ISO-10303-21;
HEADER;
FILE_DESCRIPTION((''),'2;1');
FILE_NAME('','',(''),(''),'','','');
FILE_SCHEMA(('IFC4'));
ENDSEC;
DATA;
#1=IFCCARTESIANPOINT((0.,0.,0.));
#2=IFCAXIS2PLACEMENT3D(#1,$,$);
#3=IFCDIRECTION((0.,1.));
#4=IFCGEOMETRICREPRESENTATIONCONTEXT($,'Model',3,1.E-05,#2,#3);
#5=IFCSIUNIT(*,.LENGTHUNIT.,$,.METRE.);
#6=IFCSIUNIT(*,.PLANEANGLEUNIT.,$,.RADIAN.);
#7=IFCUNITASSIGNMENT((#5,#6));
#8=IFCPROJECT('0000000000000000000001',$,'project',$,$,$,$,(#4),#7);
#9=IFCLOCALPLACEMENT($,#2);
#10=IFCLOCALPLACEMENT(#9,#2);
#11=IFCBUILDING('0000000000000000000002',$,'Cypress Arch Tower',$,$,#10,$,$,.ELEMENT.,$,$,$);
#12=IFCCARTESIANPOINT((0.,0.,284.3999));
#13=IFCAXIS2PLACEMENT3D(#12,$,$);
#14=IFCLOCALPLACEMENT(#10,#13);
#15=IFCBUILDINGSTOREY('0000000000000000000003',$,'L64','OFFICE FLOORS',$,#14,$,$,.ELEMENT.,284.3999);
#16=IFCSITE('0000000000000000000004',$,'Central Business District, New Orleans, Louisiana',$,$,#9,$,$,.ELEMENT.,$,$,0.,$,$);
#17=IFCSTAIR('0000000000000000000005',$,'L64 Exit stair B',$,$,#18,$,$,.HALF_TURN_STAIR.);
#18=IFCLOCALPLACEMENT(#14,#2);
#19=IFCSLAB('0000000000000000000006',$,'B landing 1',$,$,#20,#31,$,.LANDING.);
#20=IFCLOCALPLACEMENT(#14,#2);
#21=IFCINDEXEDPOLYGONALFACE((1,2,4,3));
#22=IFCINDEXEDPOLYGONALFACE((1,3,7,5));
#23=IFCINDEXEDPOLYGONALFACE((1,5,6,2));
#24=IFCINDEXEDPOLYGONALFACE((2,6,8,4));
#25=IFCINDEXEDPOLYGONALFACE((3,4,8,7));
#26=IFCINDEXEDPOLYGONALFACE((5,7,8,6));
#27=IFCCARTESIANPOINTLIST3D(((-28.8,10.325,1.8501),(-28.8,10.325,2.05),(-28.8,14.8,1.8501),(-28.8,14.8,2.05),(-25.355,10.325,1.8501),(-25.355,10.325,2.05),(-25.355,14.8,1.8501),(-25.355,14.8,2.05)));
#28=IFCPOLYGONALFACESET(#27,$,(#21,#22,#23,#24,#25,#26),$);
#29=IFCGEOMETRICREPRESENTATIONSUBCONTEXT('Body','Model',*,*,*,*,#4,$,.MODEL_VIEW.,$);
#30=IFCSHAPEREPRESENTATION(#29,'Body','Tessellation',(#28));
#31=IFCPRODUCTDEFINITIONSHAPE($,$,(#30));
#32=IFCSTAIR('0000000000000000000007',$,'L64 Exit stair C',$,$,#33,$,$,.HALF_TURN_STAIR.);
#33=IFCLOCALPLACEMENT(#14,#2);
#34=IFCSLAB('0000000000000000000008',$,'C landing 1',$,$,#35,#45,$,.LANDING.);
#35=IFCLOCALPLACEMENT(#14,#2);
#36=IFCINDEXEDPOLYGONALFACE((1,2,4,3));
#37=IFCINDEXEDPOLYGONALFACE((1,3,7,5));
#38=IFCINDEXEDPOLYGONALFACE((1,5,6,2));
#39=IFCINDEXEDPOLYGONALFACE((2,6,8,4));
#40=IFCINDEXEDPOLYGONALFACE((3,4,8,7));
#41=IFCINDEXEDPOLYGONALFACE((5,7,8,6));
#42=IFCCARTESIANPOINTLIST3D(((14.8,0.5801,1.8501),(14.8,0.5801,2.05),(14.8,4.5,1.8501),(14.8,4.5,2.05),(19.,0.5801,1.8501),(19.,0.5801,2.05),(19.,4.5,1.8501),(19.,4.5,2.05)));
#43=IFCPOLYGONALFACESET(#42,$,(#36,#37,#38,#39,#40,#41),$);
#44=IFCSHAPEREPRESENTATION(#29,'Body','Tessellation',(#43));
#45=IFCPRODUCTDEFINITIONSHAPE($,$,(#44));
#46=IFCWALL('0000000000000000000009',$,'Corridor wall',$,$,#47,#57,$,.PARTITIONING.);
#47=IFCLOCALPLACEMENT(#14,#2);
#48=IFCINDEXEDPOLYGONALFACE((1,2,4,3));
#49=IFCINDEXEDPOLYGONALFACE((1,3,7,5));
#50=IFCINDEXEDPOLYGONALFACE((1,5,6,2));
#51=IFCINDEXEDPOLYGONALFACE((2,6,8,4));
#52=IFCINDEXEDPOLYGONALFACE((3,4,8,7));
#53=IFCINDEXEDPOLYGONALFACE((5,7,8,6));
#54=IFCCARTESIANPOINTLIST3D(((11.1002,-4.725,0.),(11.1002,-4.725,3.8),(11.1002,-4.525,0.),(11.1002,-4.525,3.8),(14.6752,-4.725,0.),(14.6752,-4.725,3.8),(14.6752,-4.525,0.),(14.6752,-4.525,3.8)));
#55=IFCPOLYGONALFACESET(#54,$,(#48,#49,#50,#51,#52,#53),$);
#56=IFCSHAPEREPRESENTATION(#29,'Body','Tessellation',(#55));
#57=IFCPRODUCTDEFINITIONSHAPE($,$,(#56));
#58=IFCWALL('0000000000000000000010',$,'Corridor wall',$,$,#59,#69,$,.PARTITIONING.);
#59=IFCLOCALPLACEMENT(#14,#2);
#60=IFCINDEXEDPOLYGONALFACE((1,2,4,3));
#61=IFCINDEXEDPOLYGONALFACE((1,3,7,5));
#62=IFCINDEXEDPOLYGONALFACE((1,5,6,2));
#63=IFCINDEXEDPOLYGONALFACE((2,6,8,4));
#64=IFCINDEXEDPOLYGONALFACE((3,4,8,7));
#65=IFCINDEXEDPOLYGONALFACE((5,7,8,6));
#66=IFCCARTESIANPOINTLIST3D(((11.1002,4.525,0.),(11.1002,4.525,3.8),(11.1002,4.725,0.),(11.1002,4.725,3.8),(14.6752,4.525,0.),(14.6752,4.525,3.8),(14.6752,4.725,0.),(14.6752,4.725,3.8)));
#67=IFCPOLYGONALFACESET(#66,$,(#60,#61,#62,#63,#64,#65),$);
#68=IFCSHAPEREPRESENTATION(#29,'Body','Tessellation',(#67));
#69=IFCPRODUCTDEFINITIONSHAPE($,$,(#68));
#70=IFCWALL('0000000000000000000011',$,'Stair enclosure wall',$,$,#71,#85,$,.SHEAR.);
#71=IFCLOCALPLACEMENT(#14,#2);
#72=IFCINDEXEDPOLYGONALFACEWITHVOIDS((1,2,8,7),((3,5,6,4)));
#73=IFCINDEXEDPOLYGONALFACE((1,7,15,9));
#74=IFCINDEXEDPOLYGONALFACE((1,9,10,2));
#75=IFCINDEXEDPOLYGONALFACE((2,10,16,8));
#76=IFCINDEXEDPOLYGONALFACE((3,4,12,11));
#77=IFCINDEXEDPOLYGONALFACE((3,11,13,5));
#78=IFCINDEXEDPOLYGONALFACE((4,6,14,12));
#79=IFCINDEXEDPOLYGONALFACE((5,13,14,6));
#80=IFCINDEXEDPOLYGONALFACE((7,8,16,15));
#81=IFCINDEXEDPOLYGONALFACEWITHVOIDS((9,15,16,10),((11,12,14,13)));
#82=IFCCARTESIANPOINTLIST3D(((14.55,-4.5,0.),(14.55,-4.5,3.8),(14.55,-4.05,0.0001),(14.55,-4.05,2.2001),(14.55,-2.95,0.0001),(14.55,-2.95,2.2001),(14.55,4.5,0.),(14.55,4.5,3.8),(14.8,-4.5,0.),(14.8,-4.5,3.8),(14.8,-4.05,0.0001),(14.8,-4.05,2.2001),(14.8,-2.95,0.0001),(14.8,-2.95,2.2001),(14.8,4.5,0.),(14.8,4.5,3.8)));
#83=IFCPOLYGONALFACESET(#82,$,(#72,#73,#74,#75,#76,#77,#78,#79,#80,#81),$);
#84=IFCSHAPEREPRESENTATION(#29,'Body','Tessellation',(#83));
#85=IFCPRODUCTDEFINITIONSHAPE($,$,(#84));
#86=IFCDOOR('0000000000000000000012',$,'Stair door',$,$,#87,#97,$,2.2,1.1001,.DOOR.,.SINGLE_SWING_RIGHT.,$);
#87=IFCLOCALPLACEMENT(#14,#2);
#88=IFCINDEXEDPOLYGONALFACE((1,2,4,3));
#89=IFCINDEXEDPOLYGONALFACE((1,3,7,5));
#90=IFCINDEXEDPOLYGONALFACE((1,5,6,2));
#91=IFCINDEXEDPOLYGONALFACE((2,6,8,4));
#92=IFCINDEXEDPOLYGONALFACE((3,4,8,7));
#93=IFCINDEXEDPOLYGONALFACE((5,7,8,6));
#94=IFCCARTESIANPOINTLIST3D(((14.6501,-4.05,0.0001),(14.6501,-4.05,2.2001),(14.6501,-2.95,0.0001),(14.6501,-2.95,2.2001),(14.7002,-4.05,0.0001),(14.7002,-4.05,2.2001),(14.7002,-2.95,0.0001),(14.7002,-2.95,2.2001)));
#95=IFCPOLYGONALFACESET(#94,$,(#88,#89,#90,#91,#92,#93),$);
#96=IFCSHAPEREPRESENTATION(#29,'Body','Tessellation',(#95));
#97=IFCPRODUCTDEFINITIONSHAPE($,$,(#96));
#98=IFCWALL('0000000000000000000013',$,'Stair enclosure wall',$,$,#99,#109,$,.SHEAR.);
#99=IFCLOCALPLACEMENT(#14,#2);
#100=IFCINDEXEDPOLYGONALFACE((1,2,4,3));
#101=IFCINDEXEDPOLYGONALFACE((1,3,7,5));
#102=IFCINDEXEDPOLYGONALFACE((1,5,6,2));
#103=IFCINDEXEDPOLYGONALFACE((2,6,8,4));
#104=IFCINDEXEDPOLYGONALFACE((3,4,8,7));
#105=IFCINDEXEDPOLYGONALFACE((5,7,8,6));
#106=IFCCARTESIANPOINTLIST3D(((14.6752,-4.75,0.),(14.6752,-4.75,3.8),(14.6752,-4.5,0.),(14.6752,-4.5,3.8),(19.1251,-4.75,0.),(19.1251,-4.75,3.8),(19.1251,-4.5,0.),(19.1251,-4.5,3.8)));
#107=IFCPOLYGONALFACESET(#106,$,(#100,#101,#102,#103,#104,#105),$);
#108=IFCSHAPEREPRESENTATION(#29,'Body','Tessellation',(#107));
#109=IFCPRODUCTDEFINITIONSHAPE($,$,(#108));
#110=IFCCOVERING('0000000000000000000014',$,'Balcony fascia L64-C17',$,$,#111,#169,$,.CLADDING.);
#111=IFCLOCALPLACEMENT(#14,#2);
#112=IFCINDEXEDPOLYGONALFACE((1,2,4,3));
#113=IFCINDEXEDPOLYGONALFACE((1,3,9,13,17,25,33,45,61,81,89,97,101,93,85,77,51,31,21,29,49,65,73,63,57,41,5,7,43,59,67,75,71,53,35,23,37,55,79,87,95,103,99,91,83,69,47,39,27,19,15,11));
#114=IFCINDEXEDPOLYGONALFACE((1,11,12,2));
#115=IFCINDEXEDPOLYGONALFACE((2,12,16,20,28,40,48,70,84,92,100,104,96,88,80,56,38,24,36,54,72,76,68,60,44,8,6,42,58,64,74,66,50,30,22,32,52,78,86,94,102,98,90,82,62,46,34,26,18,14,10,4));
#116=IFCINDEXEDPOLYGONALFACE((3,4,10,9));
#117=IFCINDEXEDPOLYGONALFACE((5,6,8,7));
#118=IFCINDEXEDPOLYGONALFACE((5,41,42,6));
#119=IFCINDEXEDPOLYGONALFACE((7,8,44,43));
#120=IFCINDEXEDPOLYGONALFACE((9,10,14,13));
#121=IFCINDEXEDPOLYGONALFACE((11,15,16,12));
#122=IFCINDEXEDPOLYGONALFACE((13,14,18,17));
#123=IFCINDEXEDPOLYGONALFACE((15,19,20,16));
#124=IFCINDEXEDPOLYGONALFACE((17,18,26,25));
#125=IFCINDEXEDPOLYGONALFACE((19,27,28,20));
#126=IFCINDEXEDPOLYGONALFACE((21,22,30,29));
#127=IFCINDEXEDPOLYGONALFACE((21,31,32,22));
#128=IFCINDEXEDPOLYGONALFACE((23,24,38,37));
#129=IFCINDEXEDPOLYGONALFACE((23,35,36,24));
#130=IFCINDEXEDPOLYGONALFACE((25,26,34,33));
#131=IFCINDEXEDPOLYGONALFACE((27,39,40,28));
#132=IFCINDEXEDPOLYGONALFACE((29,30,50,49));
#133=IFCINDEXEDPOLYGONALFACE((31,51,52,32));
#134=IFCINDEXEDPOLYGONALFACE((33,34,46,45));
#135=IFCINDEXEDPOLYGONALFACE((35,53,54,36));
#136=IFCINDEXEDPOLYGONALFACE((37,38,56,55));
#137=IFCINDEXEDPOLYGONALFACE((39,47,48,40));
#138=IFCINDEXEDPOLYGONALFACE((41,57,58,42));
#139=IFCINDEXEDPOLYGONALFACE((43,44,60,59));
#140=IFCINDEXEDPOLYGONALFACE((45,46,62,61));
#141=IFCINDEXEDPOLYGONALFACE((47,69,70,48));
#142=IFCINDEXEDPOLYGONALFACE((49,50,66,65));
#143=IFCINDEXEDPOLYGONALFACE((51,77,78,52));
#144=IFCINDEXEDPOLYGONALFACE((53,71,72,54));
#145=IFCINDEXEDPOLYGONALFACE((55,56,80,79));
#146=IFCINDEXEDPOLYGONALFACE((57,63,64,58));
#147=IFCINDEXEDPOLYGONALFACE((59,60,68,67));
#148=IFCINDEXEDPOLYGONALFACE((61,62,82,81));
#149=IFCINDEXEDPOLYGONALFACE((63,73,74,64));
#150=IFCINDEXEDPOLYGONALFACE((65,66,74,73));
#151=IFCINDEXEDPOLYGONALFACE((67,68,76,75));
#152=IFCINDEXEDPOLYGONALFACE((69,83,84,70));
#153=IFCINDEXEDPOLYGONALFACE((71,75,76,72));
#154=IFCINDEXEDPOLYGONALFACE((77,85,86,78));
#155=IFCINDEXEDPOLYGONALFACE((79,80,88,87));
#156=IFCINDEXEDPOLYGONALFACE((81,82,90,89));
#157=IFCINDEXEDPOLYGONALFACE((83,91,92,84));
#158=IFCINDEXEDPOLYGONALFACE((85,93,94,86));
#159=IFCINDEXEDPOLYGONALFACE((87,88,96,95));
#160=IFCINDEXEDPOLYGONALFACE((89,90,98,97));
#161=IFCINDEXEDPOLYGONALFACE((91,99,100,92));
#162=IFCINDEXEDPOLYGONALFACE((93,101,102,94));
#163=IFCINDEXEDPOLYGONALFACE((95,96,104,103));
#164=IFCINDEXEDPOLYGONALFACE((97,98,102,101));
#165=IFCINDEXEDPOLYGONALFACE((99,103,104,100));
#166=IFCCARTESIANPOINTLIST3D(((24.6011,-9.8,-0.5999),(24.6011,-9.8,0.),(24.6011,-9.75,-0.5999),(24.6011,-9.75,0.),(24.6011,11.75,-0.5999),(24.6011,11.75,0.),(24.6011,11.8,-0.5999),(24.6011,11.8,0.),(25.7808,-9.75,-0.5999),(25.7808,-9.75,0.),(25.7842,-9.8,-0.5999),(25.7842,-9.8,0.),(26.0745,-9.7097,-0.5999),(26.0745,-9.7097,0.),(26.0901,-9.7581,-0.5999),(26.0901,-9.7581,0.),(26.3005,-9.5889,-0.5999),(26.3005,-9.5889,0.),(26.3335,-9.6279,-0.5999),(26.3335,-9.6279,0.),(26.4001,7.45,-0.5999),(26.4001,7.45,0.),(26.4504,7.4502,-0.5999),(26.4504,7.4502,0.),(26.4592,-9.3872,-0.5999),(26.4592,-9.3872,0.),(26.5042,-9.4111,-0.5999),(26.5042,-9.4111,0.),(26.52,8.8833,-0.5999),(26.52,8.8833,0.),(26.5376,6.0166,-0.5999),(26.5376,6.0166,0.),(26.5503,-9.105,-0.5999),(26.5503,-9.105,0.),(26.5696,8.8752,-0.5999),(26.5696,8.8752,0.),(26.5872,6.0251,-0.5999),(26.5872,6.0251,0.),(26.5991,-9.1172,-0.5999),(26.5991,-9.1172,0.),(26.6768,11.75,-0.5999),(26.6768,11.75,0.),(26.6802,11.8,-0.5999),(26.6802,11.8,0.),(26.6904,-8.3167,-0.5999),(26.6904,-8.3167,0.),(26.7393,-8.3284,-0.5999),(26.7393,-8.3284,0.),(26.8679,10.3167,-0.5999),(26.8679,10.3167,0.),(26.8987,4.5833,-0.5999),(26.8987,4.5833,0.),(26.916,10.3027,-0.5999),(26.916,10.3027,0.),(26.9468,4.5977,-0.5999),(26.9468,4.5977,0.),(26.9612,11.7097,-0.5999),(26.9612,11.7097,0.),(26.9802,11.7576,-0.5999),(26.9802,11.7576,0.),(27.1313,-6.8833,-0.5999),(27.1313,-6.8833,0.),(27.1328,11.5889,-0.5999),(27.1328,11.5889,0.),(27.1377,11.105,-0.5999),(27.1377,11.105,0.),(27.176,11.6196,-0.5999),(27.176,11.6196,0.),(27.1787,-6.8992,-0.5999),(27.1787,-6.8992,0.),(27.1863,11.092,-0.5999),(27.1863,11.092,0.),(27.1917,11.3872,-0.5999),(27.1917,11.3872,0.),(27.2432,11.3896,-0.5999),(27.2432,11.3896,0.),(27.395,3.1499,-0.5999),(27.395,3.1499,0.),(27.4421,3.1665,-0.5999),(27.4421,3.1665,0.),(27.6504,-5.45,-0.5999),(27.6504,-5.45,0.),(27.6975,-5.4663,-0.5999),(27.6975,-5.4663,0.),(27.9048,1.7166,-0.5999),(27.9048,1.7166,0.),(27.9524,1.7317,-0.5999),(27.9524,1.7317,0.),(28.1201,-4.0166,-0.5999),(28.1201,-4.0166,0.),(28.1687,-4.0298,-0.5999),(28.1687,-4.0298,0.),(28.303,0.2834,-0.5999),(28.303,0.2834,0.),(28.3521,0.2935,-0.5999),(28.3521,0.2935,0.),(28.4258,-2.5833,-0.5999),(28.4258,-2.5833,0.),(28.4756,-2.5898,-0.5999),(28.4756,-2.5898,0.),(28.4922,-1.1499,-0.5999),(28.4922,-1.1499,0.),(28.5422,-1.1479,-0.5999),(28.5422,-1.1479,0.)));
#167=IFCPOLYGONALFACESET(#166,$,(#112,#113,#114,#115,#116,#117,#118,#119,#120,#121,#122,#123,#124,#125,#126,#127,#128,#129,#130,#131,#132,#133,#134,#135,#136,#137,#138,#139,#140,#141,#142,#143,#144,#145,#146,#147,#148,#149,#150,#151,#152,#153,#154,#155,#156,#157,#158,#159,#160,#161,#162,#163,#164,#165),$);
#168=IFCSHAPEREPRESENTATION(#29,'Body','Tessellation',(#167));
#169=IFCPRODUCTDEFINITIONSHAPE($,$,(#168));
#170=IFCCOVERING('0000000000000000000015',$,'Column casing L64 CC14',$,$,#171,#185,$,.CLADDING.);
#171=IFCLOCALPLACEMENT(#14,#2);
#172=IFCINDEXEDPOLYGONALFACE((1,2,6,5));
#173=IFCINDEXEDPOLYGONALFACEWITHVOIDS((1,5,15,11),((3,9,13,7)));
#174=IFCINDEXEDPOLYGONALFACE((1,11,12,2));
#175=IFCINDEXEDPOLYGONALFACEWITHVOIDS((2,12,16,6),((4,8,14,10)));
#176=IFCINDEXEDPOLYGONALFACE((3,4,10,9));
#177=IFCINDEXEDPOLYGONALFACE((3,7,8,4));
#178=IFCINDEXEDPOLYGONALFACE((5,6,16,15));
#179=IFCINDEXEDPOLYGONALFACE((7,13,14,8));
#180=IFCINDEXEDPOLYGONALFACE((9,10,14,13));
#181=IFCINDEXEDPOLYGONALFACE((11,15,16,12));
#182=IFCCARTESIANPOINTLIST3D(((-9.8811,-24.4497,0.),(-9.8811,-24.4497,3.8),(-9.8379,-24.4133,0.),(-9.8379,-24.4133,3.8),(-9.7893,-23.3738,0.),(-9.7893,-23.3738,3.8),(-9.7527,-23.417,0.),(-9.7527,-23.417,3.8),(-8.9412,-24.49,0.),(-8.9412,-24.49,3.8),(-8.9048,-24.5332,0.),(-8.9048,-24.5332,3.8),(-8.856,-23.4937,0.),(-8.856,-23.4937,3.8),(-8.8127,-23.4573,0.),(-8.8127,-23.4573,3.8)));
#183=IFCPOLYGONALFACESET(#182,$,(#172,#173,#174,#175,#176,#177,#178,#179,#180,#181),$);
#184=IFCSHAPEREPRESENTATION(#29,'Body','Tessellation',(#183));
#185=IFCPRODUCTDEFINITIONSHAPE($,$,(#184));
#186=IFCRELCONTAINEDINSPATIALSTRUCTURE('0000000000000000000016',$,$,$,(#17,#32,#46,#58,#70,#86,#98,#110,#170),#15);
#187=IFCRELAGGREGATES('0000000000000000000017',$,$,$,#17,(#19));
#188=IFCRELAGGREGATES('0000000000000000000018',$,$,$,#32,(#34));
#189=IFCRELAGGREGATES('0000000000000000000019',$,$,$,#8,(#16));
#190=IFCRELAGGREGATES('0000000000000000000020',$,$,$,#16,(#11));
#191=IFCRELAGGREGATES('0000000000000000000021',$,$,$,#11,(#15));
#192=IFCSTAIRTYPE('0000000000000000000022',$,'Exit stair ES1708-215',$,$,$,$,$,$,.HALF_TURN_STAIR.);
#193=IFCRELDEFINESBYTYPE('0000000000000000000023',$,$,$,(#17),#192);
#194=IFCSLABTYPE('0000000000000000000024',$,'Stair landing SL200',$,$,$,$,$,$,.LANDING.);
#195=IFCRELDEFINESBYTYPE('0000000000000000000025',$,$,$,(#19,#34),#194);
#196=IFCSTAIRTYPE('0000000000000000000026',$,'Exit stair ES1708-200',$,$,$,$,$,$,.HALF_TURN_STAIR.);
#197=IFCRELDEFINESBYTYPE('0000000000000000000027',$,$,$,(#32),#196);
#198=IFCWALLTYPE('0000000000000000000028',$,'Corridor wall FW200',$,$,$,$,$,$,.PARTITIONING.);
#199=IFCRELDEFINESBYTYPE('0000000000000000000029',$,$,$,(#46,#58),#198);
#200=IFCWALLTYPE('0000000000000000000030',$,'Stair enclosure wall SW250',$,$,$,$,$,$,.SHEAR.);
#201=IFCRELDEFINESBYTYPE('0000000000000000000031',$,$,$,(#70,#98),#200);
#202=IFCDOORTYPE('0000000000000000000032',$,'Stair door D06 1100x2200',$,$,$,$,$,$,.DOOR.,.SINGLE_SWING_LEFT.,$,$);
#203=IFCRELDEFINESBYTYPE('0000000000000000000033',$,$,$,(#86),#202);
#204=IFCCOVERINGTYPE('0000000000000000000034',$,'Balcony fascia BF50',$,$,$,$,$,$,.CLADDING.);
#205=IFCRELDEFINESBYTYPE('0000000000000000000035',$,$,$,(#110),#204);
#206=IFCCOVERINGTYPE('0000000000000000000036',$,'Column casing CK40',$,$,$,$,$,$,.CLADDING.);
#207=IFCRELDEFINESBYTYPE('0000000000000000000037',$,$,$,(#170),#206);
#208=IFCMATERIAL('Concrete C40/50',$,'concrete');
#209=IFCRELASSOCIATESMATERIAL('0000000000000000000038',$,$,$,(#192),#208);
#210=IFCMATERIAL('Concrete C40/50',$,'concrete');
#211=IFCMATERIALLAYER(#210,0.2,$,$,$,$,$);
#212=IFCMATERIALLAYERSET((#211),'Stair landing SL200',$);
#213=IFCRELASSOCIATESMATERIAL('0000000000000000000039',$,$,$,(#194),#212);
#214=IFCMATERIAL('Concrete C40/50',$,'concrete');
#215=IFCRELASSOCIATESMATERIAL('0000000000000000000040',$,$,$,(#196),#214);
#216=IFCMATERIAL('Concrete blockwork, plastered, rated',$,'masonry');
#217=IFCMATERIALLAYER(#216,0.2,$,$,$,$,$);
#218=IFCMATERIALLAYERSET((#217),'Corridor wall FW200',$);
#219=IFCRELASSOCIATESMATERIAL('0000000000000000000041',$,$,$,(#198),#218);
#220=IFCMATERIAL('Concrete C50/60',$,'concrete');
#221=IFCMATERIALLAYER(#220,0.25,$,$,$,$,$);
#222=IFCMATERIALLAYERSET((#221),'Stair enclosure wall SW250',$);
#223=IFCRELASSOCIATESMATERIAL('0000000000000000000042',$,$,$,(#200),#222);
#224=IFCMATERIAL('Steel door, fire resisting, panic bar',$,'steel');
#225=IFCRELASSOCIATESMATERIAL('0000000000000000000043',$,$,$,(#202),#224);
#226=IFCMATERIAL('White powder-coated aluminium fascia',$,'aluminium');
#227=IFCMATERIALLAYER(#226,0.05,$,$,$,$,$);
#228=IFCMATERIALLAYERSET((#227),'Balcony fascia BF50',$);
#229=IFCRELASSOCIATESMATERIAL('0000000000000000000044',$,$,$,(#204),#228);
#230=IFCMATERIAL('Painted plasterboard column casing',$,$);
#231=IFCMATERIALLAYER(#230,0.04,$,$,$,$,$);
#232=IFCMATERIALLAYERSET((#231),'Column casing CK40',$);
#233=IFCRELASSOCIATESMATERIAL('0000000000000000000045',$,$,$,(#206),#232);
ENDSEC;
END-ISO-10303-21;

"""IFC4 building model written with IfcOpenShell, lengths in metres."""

from ifc_helpers import new_model, si_unit, direction, frame, frame_2d, origin, place, context, subcontext, project, spatial, polyline, rectangle, outline, extrude, material, layer, layer_set, type_object, element, fill, aggregate, save


model = new_model("IFC4")

# Units and contexts
model_context = context("Model", 3, precision=1e-05, world=origin(), true_north=direction((0.0, 1.0)))
body_context = subcontext(model_context, "Body", "Model", "MODEL_VIEW")
ifc_project = project(units=[si_unit("LENGTHUNIT", "METRE"), si_unit("PLANEANGLEUNIT", "RADIAN")], contexts=[model_context])

# Site, building, storey
site_placement = place(None, origin())
site = spatial("IfcSite", under=ifc_project, at=site_placement, Name="Central Business District, New Orleans, Louisiana", CompositionType="ELEMENT", RefElevation=0.0)
building_placement = place(site_placement, origin())
building = spatial("IfcBuilding", under=site, at=building_placement, Name="Cypress Arch Tower", CompositionType="ELEMENT")
storey_placement = place(building_placement, frame((0.0, 0.0, 284.3999)))
storey = spatial("IfcBuildingStorey", under=building, at=storey_placement, Name="L64", Description="OFFICE FLOORS", CompositionType="ELEMENT", Elevation=284.3999)

# Stairs, slabs
ifc_material_1 = material(Name="Concrete C40/50", Category="concrete")
stair_type_1 = type_object("IfcStairType", Name="Exit stair ES1708-215", PredefinedType="HALF_TURN_STAIR", material=ifc_material_1)
ifc_material_2 = material(Name="Concrete C40/50", Category="concrete")
ifc_layer_1 = layer(ifc_material_2, 0.2)
ifc_layer_set_1 = layer_set([ifc_layer_1], Name="Stair landing SL200")
slab_type_1 = type_object("IfcSlabType", Name="Stair landing SL200", PredefinedType="LANDING", material=ifc_layer_set_1)
stair_1_placement = place(storey_placement, origin())
stair_1 = element("IfcStair", 1, at=stair_1_placement, inside=storey, type_object=stair_type_1, Name="L64 Exit stair B", PredefinedType="HALF_TURN_STAIR")
slab_1_placement = place(storey_placement, frame((0.0, 0.0, 1.8501)))
slab_1 = element("IfcSlab", 2, at=slab_1_placement, type_object=slab_type_1, Name="B landing 1", PredefinedType="LANDING", context=body_context, shape_type="SweptSolid", body=[
    extrude(outline(polyline([(-25.355, 14.8), (-28.8, 14.8), (-28.8, 10.325), (-25.355, 10.325), (-25.355, 14.8)])), origin(), (0.0, 0.0, 1.0), 0.2),
])
aggregate(stair_1, [slab_1])
ifc_material_3 = material(Name="Concrete C40/50", Category="concrete")
stair_type_2 = type_object("IfcStairType", Name="Exit stair ES1708-200", PredefinedType="HALF_TURN_STAIR", material=ifc_material_3)
stair_2_placement = place(storey_placement, origin())
stair_2 = element("IfcStair", 3, at=stair_2_placement, inside=storey, type_object=stair_type_2, Name="L64 Exit stair C", PredefinedType="HALF_TURN_STAIR")
slab_2_placement = place(storey_placement, frame((0.0, 0.0, 1.8501)))
slab_2 = element("IfcSlab", 4, at=slab_2_placement, type_object=slab_type_1, Name="C landing 1", PredefinedType="LANDING", context=body_context, shape_type="SweptSolid", body=[
    extrude(outline(polyline([(19.0, 0.5801), (19.0, 4.5), (14.8, 4.5), (14.8, 0.5801), (19.0, 0.5801)])), origin(), (0.0, 0.0, 1.0), 0.2),
])
aggregate(stair_2, [slab_2])

# Walls
ifc_material_4 = material(Name="Concrete blockwork, plastered, rated", Category="masonry")
ifc_layer_2 = layer(ifc_material_4, 0.2)
ifc_layer_set_2 = layer_set([ifc_layer_2], Name="Corridor wall FW200")
wall_type_1 = type_object("IfcWallType", Name="Corridor wall FW200", PredefinedType="PARTITIONING", material=ifc_layer_set_2)
for number, where, z_axis, x_axis, name in (
    (5, (11.1001, -4.625, 0.0), (0.0, 0.0, 1.0), (1.0, 0.0, 0.0), "Corridor wall"),
    (6, (11.1001, 4.625, 0.0), (0.0, 0.0, 1.0), (1.0, 0.0, 0.0), "Corridor wall"),
):
    element("IfcWall", number, at=place(storey_placement, frame(where, z_axis=z_axis, x_axis=x_axis)), inside=storey, type_object=wall_type_1, Name=name, PredefinedType="PARTITIONING", context=body_context, shape_type="SweptSolid", body=[
        extrude(rectangle(XDim=3.575, YDim=0.2, at=frame_2d((1.7876, 0.0))), origin(), (0.0, 0.0, 1.0), 3.8),
    ])

# Wall, opening, door
ifc_material_5 = material(Name="Concrete C50/60", Category="concrete")
ifc_layer_3 = layer(ifc_material_5, 0.25)
ifc_layer_set_3 = layer_set([ifc_layer_3], Name="Stair enclosure wall SW250")
wall_type_2 = type_object("IfcWallType", Name="Stair enclosure wall SW250", PredefinedType="SHEAR", material=ifc_layer_set_3)
wall_1_placement = place(storey_placement, frame((14.675, -4.5, 0.0), z_axis=(0.0, 0.0, 1.0), x_axis=(0.0, 1.0, 0.0)))
wall_1 = element("IfcWall", 7, at=wall_1_placement, inside=storey, type_object=wall_type_2, Name="Stair enclosure wall", PredefinedType="SHEAR", context=body_context, shape_type="SweptSolid", body=[
    extrude(rectangle(XDim=9.0, YDim=0.25, at=frame_2d((4.5, 0.0))), origin(), (0.0, 0.0, 1.0), 3.8),
])
opening_placement = place(wall_1_placement, frame((0.45, 0.0, 0.0)))
opening = element("IfcOpeningElement", 8, at=opening_placement, cuts=wall_1, PredefinedType="OPENING", context=body_context, shape_type="SweptSolid", body=[
    extrude(rectangle(XDim=1.1001, YDim=2.2, at=frame_2d((0.55, 1.1001))), frame((0.0, 0.135, 0.0), z_axis=(0.0, -1.0, 0.0), x_axis=(1.0, 0.0, 0.0)), (0.0, 0.0, 1.0), 0.27),
])
ifc_material_6 = material(Name="Steel door, fire resisting, panic bar", Category="steel")
door_type = type_object("IfcDoorType", Name="Stair door D06 1100x2200", OperationType="SINGLE_SWING_LEFT", PredefinedType="DOOR", material=ifc_material_6)
door_placement = place(opening_placement, origin())
door = element("IfcDoor", 9, at=door_placement, inside=storey, type_object=door_type, Name="Stair door", OperationType="SINGLE_SWING_RIGHT", OverallHeight=2.2, OverallWidth=1.1001, PredefinedType="DOOR", context=body_context, shape_type="SweptSolid", body=[
    extrude(rectangle(XDim=1.1001, YDim=2.2, at=frame_2d((0.55, 1.1001))), frame((0.0, 0.0249, 0.0), z_axis=(0.0, -1.0, 0.0), x_axis=(1.0, 0.0, 0.0)), (0.0, 0.0, 1.0), 0.05),
])
fill(opening, door)

# Wall
wall_2_placement = place(storey_placement, frame((14.675, -4.625, 0.0), z_axis=(0.0, 0.0, 1.0), x_axis=(1.0, 0.0, 0.0)))
element("IfcWall", 10, at=wall_2_placement, inside=storey, type_object=wall_type_2, Name="Stair enclosure wall", PredefinedType="SHEAR", context=body_context, shape_type="SweptSolid", body=[
    extrude(rectangle(XDim=4.45, YDim=0.25, at=frame_2d((2.2251, 0.0))), origin(), (0.0, 0.0, 1.0), 3.8),
])

# Coverings
ifc_material_7 = material(Name="White powder-coated aluminium fascia", Category="aluminium")
ifc_layer_4 = layer(ifc_material_7, 0.05)
ifc_layer_set_4 = layer_set([ifc_layer_4], Name="Balcony fascia BF50")
covering_type_1 = type_object("IfcCoveringType", Name="Balcony fascia BF50", PredefinedType="CLADDING", material=ifc_layer_set_4)
covering_1_placement = place(storey_placement, frame((0.0, 0.0, -0.5999)))
element("IfcCovering", 11, at=covering_1_placement, inside=storey, type_object=covering_type_1, Name="Balcony fascia L64-C17", PredefinedType="CLADDING", context=body_context, shape_type="SweptSolid", body=[
    extrude(outline(polyline([(26.6802, 11.8), (26.9802, 11.7576), (27.176, 11.6196), (27.2432, 11.3896), (27.1863, 11.092), (26.916, 10.3027), (26.5696, 8.8752), (26.4504, 7.4502), (26.5872, 6.0251), (26.9468, 4.5977), (27.4421, 3.1665), (27.9524, 1.7317), (28.3521, 0.2935), (28.5422, -1.1479), (28.4756, -2.5898), (28.1687, -4.0298), (27.6975, -5.4663), (27.1787, -6.8992), (26.7393, -8.3284), (26.5991, -9.1172), (26.5042, -9.4111), (26.3335, -9.6279), (26.0901, -9.7581), (25.7842, -9.8), (24.6011, -9.8), (24.6011, -9.75), (25.7808, -9.75), (26.0745, -9.7097), (26.3005, -9.5889), (26.4592, -9.3872), (26.5503, -9.105), (26.6904, -8.3167), (27.1313, -6.8833), (27.6504, -5.45), (28.1201, -4.0166), (28.4258, -2.5833), (28.4922, -1.1499), (28.303, 0.2834), (27.9048, 1.7166), (27.395, 3.1499), (26.8987, 4.5833), (26.5376, 6.0166), (26.4001, 7.45), (26.52, 8.8833), (26.8679, 10.3167), (27.1377, 11.105), (27.1917, 11.3872), (27.1328, 11.5889), (26.9612, 11.7097), (26.6768, 11.75), (24.6011, 11.75), (24.6011, 11.8), (26.6802, 11.8)])), origin(), (0.0, 0.0, 1.0), 0.5999),
])
ifc_material_8 = material(Name="Painted plasterboard column casing")
ifc_layer_5 = layer(ifc_material_8, 0.04)
ifc_layer_set_5 = layer_set([ifc_layer_5], Name="Column casing CK40")
covering_type_2 = type_object("IfcCoveringType", Name="Column casing CK40", PredefinedType="CLADDING", material=ifc_layer_set_5)
covering_2_placement = place(storey_placement, origin())
element("IfcCovering", 12, at=covering_2_placement, inside=storey, type_object=covering_type_2, Name="Column casing L64 CC14", PredefinedType="CLADDING", context=body_context, shape_type="SweptSolid", body=[
    extrude(outline(polyline([(-9.8811, -24.4497), (-9.7893, -23.3738), (-8.8127, -23.4573), (-8.9048, -24.5332), (-9.8811, -24.4497)]), holes=[polyline([(-9.8379, -24.4133), (-8.9412, -24.49), (-8.856, -23.4937), (-9.7527, -23.417), (-9.8379, -24.4133)])]), origin(), (0.0, 0.0, 1.0), 3.8),
])

save(model, "model.ifc")
